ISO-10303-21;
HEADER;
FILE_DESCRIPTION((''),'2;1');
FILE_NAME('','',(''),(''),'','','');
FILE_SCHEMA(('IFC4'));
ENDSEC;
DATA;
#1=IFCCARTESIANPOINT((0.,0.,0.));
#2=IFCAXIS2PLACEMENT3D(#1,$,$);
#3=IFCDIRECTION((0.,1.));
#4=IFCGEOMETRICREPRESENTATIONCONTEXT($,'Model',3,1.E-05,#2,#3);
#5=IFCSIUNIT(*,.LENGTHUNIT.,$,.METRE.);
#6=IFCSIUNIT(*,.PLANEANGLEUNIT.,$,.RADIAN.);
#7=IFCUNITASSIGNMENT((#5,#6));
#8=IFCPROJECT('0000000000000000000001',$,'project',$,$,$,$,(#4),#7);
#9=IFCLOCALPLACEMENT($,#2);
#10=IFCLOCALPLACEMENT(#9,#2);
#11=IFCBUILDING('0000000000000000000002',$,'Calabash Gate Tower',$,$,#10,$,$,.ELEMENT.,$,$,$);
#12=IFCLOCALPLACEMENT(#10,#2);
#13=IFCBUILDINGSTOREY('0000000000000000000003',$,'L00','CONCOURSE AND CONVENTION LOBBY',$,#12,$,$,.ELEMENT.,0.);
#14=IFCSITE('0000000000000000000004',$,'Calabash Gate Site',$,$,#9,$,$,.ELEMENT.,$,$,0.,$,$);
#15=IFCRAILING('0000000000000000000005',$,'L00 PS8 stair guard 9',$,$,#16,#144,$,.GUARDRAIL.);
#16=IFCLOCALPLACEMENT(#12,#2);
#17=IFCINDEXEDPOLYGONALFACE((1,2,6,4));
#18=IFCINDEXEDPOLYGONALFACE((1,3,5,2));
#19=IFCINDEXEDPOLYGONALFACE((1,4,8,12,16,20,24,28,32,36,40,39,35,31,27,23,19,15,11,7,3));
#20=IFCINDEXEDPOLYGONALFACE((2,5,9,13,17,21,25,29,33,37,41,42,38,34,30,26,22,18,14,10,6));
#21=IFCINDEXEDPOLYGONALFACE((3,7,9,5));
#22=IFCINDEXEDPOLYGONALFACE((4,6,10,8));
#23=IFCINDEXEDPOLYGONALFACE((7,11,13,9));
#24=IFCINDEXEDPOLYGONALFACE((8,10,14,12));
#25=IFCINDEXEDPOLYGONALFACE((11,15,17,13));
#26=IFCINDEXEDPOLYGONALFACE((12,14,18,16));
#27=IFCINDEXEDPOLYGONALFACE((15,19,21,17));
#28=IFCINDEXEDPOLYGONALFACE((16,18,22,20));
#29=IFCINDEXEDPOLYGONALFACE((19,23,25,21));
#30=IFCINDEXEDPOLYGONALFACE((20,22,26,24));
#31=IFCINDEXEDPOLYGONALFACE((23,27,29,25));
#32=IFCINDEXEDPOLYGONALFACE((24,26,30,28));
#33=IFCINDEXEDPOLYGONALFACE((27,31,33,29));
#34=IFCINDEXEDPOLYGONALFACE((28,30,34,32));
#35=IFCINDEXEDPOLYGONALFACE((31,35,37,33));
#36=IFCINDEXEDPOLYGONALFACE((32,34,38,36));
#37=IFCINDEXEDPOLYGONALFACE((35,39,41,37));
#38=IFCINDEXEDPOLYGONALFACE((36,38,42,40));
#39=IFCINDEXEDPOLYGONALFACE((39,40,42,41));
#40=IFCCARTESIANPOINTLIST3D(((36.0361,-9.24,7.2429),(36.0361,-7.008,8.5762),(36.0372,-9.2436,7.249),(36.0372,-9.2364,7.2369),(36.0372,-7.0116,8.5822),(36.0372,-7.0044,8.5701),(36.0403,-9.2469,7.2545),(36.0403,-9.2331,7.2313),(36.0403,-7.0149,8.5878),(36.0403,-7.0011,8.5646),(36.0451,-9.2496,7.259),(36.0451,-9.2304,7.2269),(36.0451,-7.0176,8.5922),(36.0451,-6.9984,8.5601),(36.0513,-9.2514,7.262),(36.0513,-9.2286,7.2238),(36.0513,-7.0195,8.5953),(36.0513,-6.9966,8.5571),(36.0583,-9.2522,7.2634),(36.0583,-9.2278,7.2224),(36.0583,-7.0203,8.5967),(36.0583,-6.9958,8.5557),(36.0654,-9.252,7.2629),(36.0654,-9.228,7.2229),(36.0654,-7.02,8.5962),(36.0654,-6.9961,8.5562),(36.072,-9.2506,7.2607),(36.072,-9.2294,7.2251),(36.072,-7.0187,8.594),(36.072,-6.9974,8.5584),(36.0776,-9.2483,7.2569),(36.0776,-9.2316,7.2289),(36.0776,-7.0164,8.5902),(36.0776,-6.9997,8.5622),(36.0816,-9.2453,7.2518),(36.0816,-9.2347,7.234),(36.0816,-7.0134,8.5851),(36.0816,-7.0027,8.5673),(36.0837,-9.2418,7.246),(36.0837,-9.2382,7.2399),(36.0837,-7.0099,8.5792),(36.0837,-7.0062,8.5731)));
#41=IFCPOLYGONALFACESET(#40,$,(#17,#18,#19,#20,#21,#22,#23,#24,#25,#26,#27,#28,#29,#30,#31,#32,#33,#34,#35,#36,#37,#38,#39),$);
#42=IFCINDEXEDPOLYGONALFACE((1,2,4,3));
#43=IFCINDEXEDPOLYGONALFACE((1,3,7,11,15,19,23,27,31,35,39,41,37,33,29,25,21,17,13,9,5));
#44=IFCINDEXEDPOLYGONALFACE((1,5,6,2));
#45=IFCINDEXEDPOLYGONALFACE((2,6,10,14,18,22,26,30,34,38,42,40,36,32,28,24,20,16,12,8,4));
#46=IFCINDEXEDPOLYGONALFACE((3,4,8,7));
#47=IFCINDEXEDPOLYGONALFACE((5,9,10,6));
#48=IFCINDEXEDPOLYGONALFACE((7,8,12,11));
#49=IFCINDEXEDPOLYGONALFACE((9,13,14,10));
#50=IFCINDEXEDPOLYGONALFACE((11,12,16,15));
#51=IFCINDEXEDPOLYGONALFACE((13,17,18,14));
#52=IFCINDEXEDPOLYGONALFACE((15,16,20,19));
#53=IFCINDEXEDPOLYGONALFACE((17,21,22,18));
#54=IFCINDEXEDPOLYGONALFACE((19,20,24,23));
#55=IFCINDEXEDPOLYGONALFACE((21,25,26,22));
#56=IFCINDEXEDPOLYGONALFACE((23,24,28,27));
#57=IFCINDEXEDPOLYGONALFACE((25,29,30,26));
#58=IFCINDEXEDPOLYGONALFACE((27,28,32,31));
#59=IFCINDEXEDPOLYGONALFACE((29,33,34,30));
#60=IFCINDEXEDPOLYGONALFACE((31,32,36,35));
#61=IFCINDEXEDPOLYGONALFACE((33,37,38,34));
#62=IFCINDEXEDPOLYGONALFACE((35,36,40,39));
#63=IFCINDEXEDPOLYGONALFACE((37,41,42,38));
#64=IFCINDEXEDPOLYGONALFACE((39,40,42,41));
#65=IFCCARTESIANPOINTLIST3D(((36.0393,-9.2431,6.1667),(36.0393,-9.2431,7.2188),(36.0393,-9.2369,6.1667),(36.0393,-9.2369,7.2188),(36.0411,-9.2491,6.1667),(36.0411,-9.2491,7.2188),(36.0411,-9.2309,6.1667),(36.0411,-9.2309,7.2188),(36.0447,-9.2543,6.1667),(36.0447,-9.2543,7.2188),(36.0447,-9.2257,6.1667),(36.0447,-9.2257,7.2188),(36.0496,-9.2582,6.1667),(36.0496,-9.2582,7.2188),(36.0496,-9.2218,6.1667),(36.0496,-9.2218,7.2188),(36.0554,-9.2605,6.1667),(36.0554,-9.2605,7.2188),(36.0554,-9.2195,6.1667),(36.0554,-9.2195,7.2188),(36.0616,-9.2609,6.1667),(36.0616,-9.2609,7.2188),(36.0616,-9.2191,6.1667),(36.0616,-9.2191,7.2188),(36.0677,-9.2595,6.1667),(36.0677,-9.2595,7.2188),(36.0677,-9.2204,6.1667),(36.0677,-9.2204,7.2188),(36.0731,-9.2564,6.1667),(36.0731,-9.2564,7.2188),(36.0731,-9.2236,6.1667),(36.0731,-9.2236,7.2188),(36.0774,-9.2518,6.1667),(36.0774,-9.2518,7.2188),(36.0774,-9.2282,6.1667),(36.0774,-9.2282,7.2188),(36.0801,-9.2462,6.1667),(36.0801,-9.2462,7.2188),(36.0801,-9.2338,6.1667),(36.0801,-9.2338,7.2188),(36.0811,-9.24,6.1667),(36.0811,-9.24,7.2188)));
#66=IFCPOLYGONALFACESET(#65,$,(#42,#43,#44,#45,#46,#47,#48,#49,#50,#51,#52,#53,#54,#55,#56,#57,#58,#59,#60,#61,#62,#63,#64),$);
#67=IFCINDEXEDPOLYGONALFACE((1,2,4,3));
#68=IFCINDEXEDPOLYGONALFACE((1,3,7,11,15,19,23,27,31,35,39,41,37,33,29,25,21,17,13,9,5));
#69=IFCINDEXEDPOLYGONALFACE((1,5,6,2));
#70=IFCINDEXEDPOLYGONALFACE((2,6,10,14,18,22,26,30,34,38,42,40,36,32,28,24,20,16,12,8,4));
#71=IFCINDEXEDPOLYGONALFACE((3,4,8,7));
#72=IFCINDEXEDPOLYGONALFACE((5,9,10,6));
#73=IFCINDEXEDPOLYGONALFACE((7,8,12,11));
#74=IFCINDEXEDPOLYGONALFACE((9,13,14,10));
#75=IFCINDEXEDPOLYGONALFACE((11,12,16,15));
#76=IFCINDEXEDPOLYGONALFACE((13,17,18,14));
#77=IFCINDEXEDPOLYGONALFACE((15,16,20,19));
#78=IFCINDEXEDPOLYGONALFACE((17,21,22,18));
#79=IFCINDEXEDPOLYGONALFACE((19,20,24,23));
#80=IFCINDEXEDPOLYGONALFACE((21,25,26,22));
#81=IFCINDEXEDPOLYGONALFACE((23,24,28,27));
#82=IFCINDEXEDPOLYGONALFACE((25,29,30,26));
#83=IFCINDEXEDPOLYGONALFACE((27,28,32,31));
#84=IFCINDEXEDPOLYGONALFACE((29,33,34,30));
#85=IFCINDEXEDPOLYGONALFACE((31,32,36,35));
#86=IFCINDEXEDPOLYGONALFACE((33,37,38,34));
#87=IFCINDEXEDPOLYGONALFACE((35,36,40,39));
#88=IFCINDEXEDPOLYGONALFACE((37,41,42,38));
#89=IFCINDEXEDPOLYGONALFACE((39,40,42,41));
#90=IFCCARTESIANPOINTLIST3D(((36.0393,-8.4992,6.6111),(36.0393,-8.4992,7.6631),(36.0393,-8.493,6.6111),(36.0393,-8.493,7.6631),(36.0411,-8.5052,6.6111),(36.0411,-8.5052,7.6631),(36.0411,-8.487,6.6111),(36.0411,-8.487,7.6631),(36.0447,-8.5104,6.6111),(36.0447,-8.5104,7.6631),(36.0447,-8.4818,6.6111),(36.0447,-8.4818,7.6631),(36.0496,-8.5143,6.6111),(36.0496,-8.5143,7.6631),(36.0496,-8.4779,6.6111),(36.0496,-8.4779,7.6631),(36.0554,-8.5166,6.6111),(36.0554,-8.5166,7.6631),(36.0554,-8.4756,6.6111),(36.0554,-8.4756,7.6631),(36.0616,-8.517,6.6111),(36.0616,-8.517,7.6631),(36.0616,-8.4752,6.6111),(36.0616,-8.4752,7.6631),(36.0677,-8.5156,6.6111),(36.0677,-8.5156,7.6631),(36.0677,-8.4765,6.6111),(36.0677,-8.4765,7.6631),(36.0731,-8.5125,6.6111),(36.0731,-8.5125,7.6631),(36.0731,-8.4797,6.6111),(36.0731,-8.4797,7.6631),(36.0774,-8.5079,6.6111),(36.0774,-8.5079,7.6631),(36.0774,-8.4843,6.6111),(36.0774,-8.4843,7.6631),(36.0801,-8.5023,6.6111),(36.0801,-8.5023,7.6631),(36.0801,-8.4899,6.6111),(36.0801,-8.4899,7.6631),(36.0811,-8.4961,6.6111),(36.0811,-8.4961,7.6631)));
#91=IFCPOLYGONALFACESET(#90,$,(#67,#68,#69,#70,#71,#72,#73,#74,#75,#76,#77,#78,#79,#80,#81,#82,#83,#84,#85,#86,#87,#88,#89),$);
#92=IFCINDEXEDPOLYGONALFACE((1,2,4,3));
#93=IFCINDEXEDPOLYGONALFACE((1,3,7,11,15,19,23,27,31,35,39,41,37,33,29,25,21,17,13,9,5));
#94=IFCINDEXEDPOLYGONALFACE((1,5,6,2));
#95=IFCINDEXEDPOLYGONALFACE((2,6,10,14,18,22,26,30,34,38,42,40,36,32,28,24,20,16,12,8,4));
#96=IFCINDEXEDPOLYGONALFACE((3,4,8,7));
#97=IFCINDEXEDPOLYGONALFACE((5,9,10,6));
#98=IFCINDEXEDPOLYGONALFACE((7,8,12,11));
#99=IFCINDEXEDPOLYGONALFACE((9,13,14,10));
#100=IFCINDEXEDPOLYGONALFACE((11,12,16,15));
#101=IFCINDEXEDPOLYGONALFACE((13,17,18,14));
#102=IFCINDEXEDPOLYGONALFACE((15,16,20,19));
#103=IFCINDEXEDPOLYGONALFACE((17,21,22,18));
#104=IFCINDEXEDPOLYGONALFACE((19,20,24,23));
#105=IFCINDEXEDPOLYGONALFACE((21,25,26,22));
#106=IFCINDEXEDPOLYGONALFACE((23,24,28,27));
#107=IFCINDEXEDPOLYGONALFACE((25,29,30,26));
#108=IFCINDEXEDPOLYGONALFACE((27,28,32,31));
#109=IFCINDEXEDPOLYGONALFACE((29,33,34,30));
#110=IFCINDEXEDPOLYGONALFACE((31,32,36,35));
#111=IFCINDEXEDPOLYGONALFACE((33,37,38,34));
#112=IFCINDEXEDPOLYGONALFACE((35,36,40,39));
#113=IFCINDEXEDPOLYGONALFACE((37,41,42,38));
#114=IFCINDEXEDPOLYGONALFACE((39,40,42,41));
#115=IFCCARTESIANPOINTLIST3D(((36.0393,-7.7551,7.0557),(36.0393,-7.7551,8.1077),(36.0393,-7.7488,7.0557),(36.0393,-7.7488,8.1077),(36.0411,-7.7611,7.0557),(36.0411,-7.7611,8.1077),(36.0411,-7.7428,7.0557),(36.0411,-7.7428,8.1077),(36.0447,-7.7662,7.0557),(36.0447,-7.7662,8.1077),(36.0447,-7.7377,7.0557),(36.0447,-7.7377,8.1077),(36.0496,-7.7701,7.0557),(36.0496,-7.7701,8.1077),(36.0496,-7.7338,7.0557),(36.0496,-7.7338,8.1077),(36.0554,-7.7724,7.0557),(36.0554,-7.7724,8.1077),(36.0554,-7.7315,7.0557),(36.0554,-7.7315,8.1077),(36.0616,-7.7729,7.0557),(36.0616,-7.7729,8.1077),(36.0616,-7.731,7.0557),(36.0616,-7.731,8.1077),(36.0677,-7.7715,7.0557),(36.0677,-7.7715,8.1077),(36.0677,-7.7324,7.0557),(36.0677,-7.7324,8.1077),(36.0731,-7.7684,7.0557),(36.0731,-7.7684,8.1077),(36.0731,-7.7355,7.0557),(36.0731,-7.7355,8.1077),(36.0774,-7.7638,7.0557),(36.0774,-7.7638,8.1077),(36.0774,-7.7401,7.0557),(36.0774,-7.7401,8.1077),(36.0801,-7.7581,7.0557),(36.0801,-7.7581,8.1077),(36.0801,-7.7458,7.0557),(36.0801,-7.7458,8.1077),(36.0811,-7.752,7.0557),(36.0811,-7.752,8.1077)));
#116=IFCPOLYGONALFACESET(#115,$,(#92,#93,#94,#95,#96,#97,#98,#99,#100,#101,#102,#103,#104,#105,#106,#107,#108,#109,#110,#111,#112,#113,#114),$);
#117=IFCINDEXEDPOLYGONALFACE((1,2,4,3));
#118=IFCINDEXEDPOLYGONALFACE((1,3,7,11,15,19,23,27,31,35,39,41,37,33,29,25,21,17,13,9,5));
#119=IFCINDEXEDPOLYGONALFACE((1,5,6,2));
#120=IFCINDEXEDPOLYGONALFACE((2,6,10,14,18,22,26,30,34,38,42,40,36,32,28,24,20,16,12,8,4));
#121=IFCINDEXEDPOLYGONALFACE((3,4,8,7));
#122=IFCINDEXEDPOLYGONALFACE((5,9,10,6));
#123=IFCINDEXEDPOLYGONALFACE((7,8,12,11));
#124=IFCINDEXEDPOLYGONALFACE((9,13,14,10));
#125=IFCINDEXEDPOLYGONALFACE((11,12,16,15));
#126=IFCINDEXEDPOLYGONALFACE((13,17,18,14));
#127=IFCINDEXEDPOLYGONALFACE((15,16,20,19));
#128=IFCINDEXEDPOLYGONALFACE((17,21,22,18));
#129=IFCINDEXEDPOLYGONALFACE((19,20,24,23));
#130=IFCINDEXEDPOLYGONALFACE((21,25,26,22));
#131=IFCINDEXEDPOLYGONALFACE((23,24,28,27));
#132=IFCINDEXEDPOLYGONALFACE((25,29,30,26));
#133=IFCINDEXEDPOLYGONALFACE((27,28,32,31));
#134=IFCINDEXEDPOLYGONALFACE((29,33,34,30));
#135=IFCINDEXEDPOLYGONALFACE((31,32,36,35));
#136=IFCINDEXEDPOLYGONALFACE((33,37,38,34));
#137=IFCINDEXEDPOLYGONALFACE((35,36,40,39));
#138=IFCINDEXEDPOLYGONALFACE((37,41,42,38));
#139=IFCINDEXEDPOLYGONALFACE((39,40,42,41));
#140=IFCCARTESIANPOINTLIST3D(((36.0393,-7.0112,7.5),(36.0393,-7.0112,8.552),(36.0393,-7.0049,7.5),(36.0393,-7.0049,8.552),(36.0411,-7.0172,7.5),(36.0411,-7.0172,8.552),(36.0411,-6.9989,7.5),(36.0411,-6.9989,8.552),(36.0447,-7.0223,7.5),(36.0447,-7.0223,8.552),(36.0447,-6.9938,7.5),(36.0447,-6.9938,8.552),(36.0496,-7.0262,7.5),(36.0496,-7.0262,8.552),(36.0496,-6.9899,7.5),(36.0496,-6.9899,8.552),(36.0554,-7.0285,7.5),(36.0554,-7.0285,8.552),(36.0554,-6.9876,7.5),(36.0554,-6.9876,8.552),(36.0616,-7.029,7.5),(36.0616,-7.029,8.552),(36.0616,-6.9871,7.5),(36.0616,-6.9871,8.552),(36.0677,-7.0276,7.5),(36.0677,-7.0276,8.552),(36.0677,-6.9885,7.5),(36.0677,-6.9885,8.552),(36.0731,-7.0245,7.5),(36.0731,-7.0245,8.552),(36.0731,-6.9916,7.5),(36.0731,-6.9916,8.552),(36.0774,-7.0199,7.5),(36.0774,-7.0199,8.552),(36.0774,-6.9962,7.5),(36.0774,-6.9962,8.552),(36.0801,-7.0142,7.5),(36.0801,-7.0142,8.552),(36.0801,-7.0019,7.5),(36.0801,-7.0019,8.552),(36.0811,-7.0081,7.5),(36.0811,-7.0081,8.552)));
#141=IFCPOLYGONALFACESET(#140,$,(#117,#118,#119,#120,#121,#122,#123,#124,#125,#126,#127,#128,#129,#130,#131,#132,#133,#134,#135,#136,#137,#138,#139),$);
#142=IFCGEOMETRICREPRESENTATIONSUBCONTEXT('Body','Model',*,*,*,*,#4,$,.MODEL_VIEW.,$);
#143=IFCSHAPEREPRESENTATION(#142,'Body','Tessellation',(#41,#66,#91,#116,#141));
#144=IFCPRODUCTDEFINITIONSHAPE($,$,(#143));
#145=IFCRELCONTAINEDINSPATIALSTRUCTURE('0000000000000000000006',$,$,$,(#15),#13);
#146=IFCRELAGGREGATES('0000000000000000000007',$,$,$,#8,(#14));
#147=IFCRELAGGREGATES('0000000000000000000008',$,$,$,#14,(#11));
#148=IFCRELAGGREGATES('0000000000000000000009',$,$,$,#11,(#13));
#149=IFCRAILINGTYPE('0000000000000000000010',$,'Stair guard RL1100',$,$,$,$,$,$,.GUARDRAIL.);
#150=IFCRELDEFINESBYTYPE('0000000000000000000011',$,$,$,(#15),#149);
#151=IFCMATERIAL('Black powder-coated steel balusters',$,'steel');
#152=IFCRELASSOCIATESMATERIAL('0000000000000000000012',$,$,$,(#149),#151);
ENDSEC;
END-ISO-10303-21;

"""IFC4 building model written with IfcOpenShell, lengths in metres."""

from ifc_helpers import new_model, si_unit, direction, frame, origin, origin_2d, place, context, subcontext, project, spatial, circle, extrude, material, type_object, element, save


model = new_model("IFC4")

# Units and contexts
model_context = context("Model", 3, precision=1e-05, world=origin(), true_north=direction((0.0, 1.0)))
body_context = subcontext(model_context, "Body", "Model", "MODEL_VIEW")
ifc_project = project(units=[si_unit("LENGTHUNIT", "METRE"), si_unit("PLANEANGLEUNIT", "RADIAN")], contexts=[model_context])

# Site, building, storey
site_placement = place(None, origin())
site = spatial("IfcSite", under=ifc_project, at=site_placement, Name="Calabash Gate Site", CompositionType="ELEMENT", RefElevation=0.0)
building_placement = place(site_placement, origin())
building = spatial("IfcBuilding", under=site, at=building_placement, Name="Calabash Gate Tower", CompositionType="ELEMENT")
storey_placement = place(building_placement, origin())
storey = spatial("IfcBuildingStorey", under=building, at=storey_placement, Name="L00", Description="CONCOURSE AND CONVENTION LOBBY", CompositionType="ELEMENT", Elevation=0.0)

# Railing
ifc_material_1 = material(Name="Black powder-coated steel balusters", Category="steel")
railing_type_1 = type_object("IfcRailingType", Name="Stair guard RL1100", PredefinedType="GUARDRAIL", material=ifc_material_1)
railing_1_placement = place(storey_placement, frame((36.0601, -9.24, 6.1667)))
element("IfcRailing", 1, at=railing_1_placement, inside=storey, type_object=railing_type_1, Name="L00 PS8 stair guard 9", PredefinedType="GUARDRAIL", context=body_context, shape_type="SweptSolid", body=[
    extrude(circle(Radius=0.0239, at=origin_2d()), frame((0.0, 0.0, 1.0762), z_axis=(0.0, 0.858494, 0.512824), x_axis=(-1.0, 0.0, 0.0)), (0.0, 0.0, 1.0), 2.5999),
    extrude(circle(Radius=0.021, at=origin_2d()), origin(), (0.0, 0.0, 1.0), 1.052),
    extrude(circle(Radius=0.021, at=origin_2d()), frame((0.0, 0.7439, 0.4443)), (0.0, 0.0, 1.0), 1.052),
    extrude(circle(Radius=0.021, at=origin_2d()), frame((0.0, 1.488, 0.8889)), (0.0, 0.0, 1.0), 1.052),
    extrude(circle(Radius=0.021, at=origin_2d()), frame((0.0, 2.2319, 1.3333)), (0.0, 0.0, 1.0), 1.052),
])

save(model, "model.ifc")
